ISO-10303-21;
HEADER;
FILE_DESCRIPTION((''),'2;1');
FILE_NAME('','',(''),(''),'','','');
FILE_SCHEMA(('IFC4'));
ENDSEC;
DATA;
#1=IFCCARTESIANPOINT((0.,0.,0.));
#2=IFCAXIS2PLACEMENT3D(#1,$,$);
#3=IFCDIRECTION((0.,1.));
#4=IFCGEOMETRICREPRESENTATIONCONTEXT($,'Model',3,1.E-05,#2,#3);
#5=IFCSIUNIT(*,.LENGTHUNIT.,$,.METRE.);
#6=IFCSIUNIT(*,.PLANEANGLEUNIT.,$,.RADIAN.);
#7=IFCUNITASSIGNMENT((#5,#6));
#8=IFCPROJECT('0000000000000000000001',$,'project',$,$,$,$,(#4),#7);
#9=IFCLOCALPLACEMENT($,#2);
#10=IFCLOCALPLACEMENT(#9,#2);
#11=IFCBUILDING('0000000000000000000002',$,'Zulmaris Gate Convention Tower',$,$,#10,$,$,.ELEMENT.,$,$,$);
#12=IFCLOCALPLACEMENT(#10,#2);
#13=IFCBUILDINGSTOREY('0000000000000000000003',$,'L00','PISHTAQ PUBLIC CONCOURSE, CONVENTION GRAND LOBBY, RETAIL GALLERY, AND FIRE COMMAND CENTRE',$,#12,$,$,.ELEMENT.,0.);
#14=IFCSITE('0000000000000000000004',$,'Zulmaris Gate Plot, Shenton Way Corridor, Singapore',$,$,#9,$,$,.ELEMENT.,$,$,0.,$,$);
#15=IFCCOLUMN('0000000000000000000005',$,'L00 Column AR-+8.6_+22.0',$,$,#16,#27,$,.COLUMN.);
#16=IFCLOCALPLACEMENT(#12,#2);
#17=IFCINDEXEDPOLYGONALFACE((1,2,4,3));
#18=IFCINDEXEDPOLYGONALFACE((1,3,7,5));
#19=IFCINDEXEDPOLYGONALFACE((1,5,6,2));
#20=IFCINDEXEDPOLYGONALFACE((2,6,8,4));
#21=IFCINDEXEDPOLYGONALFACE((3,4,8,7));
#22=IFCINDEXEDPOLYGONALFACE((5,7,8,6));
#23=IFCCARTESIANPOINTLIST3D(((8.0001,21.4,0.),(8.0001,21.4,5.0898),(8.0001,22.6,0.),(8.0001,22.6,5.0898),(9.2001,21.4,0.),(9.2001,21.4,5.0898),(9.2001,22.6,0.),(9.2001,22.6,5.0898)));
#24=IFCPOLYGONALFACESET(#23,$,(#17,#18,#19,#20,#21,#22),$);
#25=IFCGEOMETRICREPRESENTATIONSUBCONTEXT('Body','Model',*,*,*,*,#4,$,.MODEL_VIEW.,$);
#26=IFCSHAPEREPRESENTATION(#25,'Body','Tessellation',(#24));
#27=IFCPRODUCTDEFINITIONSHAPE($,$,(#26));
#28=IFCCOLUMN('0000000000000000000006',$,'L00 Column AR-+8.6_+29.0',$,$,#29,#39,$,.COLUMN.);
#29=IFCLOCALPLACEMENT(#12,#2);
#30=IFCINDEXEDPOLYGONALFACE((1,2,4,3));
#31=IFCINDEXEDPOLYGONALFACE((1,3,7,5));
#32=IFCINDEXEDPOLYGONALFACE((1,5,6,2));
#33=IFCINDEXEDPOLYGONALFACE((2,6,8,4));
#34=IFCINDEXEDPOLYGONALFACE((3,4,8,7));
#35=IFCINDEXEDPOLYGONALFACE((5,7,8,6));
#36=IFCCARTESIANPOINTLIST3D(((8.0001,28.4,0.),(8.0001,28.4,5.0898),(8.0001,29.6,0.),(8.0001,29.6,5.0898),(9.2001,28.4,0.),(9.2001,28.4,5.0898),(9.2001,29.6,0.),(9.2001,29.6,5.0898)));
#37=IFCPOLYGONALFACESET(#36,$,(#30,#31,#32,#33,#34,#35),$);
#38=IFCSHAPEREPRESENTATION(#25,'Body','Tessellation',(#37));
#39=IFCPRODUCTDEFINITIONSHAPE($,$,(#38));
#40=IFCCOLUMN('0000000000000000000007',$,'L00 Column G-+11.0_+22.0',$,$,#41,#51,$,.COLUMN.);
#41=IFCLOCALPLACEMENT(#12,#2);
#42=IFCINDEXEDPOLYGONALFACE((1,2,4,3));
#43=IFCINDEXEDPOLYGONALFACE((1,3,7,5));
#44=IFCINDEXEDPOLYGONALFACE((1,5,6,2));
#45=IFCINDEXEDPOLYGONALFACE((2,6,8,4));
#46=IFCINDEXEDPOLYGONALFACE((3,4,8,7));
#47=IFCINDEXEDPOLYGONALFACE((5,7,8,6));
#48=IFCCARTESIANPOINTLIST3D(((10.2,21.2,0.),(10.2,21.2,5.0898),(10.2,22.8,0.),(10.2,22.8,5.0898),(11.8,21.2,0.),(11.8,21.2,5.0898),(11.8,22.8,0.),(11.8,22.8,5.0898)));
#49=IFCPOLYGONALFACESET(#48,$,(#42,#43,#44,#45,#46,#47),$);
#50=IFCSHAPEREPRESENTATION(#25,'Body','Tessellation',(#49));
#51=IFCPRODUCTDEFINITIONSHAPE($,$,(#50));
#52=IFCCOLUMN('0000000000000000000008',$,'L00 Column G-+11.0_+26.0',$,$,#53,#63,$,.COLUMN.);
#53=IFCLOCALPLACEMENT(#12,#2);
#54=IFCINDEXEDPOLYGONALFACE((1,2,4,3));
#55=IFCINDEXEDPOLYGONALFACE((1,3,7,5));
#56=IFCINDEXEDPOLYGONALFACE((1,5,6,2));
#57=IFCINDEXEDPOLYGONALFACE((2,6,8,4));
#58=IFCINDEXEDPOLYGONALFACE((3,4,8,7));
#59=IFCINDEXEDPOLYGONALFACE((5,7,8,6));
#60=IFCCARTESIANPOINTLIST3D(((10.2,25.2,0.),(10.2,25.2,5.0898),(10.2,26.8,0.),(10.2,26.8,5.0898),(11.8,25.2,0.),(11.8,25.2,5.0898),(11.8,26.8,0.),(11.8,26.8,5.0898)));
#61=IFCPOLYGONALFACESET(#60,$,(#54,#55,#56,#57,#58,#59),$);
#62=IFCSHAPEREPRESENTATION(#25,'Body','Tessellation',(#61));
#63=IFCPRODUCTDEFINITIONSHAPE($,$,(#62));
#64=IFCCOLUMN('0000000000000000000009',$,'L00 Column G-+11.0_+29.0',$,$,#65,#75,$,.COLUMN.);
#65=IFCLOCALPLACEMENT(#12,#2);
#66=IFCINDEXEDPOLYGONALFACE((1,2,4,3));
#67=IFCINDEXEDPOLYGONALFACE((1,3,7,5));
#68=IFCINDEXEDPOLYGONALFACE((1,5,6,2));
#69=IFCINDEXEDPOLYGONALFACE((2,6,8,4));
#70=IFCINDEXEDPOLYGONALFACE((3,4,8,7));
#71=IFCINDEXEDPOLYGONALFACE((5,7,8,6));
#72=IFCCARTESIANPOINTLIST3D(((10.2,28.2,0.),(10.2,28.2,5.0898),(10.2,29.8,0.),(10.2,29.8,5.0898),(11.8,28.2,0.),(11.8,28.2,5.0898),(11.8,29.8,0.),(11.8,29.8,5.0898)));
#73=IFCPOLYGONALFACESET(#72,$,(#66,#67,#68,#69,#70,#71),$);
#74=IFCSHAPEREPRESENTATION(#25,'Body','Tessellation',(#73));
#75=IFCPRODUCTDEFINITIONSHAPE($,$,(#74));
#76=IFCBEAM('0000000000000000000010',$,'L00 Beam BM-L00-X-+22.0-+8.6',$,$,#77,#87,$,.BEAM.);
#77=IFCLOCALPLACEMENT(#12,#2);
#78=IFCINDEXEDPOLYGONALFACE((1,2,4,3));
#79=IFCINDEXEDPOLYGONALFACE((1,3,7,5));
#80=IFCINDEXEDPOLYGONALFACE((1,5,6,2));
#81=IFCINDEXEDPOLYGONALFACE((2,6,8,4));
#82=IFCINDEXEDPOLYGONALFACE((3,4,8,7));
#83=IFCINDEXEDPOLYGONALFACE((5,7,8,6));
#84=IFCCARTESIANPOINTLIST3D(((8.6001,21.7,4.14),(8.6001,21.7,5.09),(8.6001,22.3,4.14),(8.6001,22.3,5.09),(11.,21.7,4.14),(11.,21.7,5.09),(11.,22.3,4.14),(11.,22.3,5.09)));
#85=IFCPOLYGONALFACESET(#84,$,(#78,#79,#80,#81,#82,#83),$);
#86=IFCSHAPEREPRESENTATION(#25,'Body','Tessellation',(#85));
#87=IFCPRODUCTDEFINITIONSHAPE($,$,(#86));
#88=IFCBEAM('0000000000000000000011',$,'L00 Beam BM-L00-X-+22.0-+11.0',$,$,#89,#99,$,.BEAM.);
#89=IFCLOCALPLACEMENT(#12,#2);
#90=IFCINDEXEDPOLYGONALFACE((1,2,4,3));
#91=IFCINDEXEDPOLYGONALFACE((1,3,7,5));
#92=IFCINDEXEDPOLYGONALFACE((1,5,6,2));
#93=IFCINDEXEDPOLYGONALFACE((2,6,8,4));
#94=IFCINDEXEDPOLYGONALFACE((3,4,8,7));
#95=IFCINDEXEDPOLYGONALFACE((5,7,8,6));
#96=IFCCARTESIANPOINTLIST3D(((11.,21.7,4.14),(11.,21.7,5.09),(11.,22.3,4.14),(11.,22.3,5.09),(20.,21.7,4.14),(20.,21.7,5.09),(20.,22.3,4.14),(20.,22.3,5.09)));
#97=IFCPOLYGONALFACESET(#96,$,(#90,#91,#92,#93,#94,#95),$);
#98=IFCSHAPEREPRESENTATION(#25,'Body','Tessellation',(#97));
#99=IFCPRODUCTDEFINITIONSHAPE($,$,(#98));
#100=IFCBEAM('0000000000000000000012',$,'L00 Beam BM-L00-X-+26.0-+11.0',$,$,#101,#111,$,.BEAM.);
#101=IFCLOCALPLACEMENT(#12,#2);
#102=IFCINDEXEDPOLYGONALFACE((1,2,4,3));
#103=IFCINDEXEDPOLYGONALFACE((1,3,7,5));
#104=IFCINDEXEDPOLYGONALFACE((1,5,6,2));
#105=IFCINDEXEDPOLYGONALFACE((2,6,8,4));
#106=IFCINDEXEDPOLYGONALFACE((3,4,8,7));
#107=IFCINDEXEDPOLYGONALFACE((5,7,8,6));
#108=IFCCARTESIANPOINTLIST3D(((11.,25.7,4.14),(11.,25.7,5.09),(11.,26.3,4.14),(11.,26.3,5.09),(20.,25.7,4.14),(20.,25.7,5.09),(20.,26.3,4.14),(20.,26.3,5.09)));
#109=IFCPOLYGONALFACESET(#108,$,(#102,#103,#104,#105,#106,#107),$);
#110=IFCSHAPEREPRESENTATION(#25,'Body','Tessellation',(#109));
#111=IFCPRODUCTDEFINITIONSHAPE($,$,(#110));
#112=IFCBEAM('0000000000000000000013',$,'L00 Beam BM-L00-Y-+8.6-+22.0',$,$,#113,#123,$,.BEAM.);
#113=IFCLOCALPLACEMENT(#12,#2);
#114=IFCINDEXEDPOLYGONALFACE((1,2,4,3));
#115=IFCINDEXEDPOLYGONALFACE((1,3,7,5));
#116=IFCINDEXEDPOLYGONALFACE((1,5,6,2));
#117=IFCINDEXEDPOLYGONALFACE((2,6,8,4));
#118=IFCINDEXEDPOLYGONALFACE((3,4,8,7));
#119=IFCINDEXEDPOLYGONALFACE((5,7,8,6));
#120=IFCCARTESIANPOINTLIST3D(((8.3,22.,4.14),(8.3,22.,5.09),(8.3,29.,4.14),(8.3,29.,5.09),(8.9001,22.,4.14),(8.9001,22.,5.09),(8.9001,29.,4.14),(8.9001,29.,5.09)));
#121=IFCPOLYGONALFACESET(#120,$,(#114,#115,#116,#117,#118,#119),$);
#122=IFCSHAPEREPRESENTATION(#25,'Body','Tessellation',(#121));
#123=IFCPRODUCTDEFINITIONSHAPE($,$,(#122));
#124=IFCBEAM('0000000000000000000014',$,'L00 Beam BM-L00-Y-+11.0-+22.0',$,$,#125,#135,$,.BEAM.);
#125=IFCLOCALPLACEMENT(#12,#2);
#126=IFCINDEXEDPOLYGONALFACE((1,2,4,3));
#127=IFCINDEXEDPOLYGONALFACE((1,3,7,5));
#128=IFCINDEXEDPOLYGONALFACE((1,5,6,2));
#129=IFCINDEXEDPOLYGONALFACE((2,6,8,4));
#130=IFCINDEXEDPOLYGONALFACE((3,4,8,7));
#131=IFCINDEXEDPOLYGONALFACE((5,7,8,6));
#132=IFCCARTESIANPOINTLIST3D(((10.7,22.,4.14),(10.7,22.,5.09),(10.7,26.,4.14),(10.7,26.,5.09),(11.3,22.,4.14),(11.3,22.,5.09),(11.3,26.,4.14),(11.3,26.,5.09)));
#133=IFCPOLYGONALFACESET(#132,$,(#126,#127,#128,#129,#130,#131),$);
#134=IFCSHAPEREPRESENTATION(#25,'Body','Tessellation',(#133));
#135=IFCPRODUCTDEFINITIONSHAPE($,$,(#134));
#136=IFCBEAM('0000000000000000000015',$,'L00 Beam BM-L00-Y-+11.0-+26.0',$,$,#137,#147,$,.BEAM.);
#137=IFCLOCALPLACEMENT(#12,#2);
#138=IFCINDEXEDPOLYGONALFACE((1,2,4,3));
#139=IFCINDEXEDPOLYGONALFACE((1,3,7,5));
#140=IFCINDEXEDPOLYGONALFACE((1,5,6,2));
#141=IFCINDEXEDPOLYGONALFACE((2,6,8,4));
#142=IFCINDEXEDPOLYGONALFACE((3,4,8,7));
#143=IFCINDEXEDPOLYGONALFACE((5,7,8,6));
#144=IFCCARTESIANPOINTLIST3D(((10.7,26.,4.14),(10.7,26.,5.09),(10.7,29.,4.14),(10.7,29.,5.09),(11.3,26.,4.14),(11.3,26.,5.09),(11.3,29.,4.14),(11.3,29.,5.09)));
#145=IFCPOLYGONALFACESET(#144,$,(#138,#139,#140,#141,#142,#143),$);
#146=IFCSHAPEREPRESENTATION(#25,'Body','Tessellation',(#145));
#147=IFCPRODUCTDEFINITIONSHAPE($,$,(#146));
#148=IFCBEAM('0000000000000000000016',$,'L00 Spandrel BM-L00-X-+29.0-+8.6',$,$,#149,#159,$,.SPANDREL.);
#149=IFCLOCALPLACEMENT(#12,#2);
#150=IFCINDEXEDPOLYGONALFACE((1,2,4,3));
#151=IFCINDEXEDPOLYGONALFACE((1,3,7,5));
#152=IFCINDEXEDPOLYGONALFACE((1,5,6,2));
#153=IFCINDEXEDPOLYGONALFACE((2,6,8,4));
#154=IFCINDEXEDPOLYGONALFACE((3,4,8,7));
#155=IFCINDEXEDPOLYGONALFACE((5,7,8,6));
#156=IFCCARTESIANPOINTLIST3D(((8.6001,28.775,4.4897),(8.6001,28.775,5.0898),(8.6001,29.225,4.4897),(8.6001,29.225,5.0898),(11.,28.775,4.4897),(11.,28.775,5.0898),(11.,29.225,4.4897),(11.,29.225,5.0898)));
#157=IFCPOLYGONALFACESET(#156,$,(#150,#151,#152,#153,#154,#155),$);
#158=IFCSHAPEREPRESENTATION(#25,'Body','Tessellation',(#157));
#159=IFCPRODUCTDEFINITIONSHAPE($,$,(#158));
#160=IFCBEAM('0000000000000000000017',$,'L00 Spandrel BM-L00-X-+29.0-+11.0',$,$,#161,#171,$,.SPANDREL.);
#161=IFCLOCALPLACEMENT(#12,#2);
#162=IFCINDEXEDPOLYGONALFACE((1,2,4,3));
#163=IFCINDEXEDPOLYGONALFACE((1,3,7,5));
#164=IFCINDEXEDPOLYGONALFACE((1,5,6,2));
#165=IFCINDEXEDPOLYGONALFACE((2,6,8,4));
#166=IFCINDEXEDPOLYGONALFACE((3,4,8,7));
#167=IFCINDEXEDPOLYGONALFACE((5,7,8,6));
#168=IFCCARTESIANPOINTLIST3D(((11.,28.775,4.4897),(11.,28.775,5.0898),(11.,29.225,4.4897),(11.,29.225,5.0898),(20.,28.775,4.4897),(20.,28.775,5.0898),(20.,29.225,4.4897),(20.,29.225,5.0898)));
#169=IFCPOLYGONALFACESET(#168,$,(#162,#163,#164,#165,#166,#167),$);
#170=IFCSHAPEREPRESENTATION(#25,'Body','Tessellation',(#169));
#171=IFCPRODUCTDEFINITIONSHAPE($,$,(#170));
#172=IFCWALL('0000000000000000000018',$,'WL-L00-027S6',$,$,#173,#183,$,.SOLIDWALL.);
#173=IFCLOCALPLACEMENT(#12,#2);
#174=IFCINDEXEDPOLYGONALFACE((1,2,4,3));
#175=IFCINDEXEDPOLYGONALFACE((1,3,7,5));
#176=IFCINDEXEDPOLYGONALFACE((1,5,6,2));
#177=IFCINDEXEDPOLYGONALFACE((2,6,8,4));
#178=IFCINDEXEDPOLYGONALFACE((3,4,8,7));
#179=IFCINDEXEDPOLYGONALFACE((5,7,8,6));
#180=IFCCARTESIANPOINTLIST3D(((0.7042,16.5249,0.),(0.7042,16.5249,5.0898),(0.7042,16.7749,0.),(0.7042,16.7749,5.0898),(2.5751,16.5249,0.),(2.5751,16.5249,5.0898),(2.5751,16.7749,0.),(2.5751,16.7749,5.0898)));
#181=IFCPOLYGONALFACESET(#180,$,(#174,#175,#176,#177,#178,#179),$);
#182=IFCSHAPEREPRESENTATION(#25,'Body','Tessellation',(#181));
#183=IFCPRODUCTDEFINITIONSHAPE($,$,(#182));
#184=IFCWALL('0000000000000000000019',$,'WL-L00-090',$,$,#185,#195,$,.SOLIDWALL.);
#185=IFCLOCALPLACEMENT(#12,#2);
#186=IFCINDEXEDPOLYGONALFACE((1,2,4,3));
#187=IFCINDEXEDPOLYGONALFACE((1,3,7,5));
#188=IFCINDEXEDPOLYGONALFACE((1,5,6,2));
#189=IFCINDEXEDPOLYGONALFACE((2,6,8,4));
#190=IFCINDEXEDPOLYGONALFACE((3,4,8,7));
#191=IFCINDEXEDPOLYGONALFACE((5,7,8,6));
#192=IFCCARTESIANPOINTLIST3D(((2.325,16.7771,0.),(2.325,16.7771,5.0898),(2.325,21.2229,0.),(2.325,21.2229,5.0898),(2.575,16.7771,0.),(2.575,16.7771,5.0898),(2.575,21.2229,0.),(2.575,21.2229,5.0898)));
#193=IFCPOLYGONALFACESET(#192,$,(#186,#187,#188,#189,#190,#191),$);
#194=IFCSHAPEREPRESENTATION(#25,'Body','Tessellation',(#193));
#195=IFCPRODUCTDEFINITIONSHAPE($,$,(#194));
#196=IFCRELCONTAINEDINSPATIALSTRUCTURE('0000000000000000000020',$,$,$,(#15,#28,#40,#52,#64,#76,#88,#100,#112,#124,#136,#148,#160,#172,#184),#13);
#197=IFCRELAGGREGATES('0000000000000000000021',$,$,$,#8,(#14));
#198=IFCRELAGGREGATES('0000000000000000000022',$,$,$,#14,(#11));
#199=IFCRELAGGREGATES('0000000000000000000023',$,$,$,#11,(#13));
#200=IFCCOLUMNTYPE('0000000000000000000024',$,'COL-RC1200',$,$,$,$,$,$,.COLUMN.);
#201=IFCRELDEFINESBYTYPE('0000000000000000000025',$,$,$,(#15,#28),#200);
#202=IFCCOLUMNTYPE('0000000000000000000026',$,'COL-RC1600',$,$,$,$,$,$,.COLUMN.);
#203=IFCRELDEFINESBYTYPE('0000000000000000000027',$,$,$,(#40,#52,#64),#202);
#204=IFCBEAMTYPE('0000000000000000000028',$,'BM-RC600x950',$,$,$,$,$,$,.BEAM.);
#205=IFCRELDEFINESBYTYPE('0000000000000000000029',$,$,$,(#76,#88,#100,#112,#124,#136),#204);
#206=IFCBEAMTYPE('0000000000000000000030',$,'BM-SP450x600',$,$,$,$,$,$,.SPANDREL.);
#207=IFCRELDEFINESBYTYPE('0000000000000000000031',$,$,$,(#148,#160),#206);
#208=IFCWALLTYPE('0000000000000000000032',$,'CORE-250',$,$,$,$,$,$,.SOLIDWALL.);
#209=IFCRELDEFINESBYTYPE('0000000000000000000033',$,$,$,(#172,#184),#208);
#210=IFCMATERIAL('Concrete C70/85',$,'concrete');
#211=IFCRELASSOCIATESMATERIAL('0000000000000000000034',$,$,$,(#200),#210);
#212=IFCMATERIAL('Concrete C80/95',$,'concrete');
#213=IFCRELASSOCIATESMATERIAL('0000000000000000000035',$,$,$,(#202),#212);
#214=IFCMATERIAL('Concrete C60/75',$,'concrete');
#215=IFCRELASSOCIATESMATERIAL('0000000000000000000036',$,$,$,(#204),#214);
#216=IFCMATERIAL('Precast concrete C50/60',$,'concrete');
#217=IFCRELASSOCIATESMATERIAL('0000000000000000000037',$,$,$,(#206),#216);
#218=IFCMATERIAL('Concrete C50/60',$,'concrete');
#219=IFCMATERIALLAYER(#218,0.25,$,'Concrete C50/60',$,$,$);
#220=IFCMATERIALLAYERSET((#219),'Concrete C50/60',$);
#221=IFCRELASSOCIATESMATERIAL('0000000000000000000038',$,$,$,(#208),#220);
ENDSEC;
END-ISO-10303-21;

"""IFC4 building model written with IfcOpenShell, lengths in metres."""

from ifc_helpers import new_model, si_unit, direction, frame, frame_2d, origin, origin_2d, place, context, subcontext, project, spatial, rectangle, extrude, material, layer, layer_set, material_profile, profile_set, type_object, element, save


model = new_model("IFC4")

# Units and contexts
model_context = context("Model", 3, precision=1e-05, world=origin(), true_north=direction((0.0, 1.0)))
body_context = subcontext(model_context, "Body", "Model", "MODEL_VIEW")
ifc_project = project(units=[si_unit("LENGTHUNIT", "METRE"), si_unit("PLANEANGLEUNIT", "RADIAN")], contexts=[model_context])

# Site, building, storey
site_placement = place(None, origin())
site = spatial("IfcSite", under=ifc_project, at=site_placement, Name="Zulmaris Gate Plot, Shenton Way Corridor, Singapore", CompositionType="ELEMENT", RefElevation=0.0)
building_placement = place(site_placement, origin())
building = spatial("IfcBuilding", under=site, at=building_placement, Name="Zulmaris Gate Convention Tower", CompositionType="ELEMENT")
storey_placement = place(building_placement, origin())
storey = spatial("IfcBuildingStorey", under=building, at=storey_placement, Name="L00", Description="PISHTAQ PUBLIC CONCOURSE, CONVENTION GRAND LOBBY, RETAIL GALLERY, AND FIRE COMMAND CENTRE", CompositionType="ELEMENT", Elevation=0.0)

# Columns
ifc_material_1 = material(Name="Concrete C70/85", Category="concrete")
ifc_material_profile_1 = material_profile(ifc_material_1, rectangle(XDim=1.2, YDim=1.2, at=origin_2d()), Name="RC COL 1200x1200")
ifc_profile_set_1 = profile_set([ifc_material_profile_1], Name="Concrete C70/85")
column_type_1 = type_object("IfcColumnType", Name="COL-RC1200", PredefinedType="COLUMN", material=ifc_profile_set_1)
for number, where, z_axis, x_axis, name in (
    (1, (8.6001, 22.0, 0.0), (0.0, 0.0, 1.0), (1.0, 0.0, 0.0), "L00 Column AR-+8.6_+22.0"),
    (2, (8.6001, 29.0, 0.0), (0.0, 0.0, 1.0), (1.0, 0.0, 0.0), "L00 Column AR-+8.6_+29.0"),
):
    element("IfcColumn", number, at=place(storey_placement, frame(where, z_axis=z_axis, x_axis=x_axis)), inside=storey, type_object=column_type_1, Name=name, PredefinedType="COLUMN", context=body_context, shape_type="SweptSolid", body=[
        extrude(rectangle(XDim=1.2, YDim=1.2, at=origin_2d()), origin(), (0.0, 0.0, 1.0), 5.0898),
    ])
ifc_material_2 = material(Name="Concrete C80/95", Category="concrete")
ifc_material_profile_2 = material_profile(ifc_material_2, rectangle(XDim=1.6001, YDim=1.6001, at=origin_2d()), Name="RC COL 1600x1600")
ifc_profile_set_2 = profile_set([ifc_material_profile_2], Name="Concrete C80/95")
column_type_2 = type_object("IfcColumnType", Name="COL-RC1600", PredefinedType="COLUMN", material=ifc_profile_set_2)
for number, where, z_axis, x_axis, name in (
    (3, (11.0, 22.0, 0.0), (0.0, 0.0, 1.0), (1.0, 0.0, 0.0), "L00 Column G-+11.0_+22.0"),
    (4, (11.0, 26.0, 0.0), (0.0, 0.0, 1.0), (1.0, 0.0, 0.0), "L00 Column G-+11.0_+26.0"),
    (5, (11.0, 29.0, 0.0), (0.0, 0.0, 1.0), (1.0, 0.0, 0.0), "L00 Column G-+11.0_+29.0"),
):
    element("IfcColumn", number, at=place(storey_placement, frame(where, z_axis=z_axis, x_axis=x_axis)), inside=storey, type_object=column_type_2, Name=name, PredefinedType="COLUMN", context=body_context, shape_type="SweptSolid", body=[
        extrude(rectangle(XDim=1.6001, YDim=1.6001, at=origin_2d()), origin(), (0.0, 0.0, 1.0), 5.0898),
    ])

# Beams
ifc_material_3 = material(Name="Concrete C60/75", Category="concrete")
ifc_material_profile_3 = material_profile(ifc_material_3, rectangle(XDim=0.6001, YDim=0.95, at=origin_2d()), Name="RC BEAM 600x950")
ifc_profile_set_3 = profile_set([ifc_material_profile_3], Name="Concrete C60/75")
beam_type_1 = type_object("IfcBeamType", Name="BM-RC600x950", PredefinedType="BEAM", material=ifc_profile_set_3)
beam_1_placement = place(storey_placement, frame((8.6001, 22.0, 4.615), z_axis=(1.0, 0.0, 0.0), x_axis=(0.0, 1.0, 0.0)))
element("IfcBeam", 6, at=beam_1_placement, inside=storey, type_object=beam_type_1, Name="L00 Beam BM-L00-X-+22.0-+8.6", PredefinedType="BEAM", context=body_context, shape_type="SweptSolid", body=[
    extrude(rectangle(XDim=0.6001, YDim=0.95, at=origin_2d()), origin(), (0.0, 0.0, 1.0), 2.3999),
])
for number, where, z_axis, x_axis, name in (
    (7, (11.0, 22.0, 4.615), (1.0, 0.0, 0.0), (0.0, 1.0, 0.0), "L00 Beam BM-L00-X-+22.0-+11.0"),
    (8, (11.0, 26.0, 4.615), (1.0, 0.0, 0.0), (0.0, 1.0, 0.0), "L00 Beam BM-L00-X-+26.0-+11.0"),
):
    element("IfcBeam", number, at=place(storey_placement, frame(where, z_axis=z_axis, x_axis=x_axis)), inside=storey, type_object=beam_type_1, Name=name, PredefinedType="BEAM", context=body_context, shape_type="SweptSolid", body=[
        extrude(rectangle(XDim=0.6001, YDim=0.95, at=origin_2d()), origin(), (0.0, 0.0, 1.0), 9.0),
    ])
beam_2_placement = place(storey_placement, frame((8.6001, 22.0, 4.615), z_axis=(0.0, 1.0, 0.0), x_axis=(-1.0, 0.0, 0.0)))
element("IfcBeam", 9, at=beam_2_placement, inside=storey, type_object=beam_type_1, Name="L00 Beam BM-L00-Y-+8.6-+22.0", PredefinedType="BEAM", context=body_context, shape_type="SweptSolid", body=[
    extrude(rectangle(XDim=0.6001, YDim=0.95, at=origin_2d()), origin(), (0.0, 0.0, 1.0), 7.0),
])
beam_3_placement = place(storey_placement, frame((11.0, 22.0, 4.615), z_axis=(0.0, 1.0, 0.0), x_axis=(-1.0, 0.0, 0.0)))
element("IfcBeam", 10, at=beam_3_placement, inside=storey, type_object=beam_type_1, Name="L00 Beam BM-L00-Y-+11.0-+22.0", PredefinedType="BEAM", context=body_context, shape_type="SweptSolid", body=[
    extrude(rectangle(XDim=0.6001, YDim=0.95, at=origin_2d()), origin(), (0.0, 0.0, 1.0), 4.0),
])
beam_4_placement = place(storey_placement, frame((11.0, 26.0, 4.615), z_axis=(0.0, 1.0, 0.0), x_axis=(-1.0, 0.0, 0.0)))
element("IfcBeam", 11, at=beam_4_placement, inside=storey, type_object=beam_type_1, Name="L00 Beam BM-L00-Y-+11.0-+26.0", PredefinedType="BEAM", context=body_context, shape_type="SweptSolid", body=[
    extrude(rectangle(XDim=0.6001, YDim=0.95, at=origin_2d()), origin(), (0.0, 0.0, 1.0), 3.0),
])
ifc_material_4 = material(Name="Precast concrete C50/60", Category="concrete")
ifc_material_profile_4 = material_profile(ifc_material_4, rectangle(XDim=0.45, YDim=0.6001, at=origin_2d()), Name="RC SPANDREL 450x600")
ifc_profile_set_4 = profile_set([ifc_material_profile_4], Name="Precast concrete C50/60")
beam_type_2 = type_object("IfcBeamType", Name="BM-SP450x600", PredefinedType="SPANDREL", material=ifc_profile_set_4)
beam_5_placement = place(storey_placement, frame((8.6001, 29.0, 4.7898), z_axis=(1.0, 0.0, 0.0), x_axis=(0.0, 1.0, 0.0)))
element("IfcBeam", 12, at=beam_5_placement, inside=storey, type_object=beam_type_2, Name="L00 Spandrel BM-L00-X-+29.0-+8.6", PredefinedType="SPANDREL", context=body_context, shape_type="SweptSolid", body=[
    extrude(rectangle(XDim=0.45, YDim=0.6001, at=origin_2d()), origin(), (0.0, 0.0, 1.0), 2.3999),
])
beam_6_placement = place(storey_placement, frame((11.0, 29.0, 4.7898), z_axis=(1.0, 0.0, 0.0), x_axis=(0.0, 1.0, 0.0)))
element("IfcBeam", 13, at=beam_6_placement, inside=storey, type_object=beam_type_2, Name="L00 Spandrel BM-L00-X-+29.0-+11.0", PredefinedType="SPANDREL", context=body_context, shape_type="SweptSolid", body=[
    extrude(rectangle(XDim=0.45, YDim=0.6001, at=origin_2d()), origin(), (0.0, 0.0, 1.0), 9.0),
])

# Walls
ifc_material_5 = material(Name="Concrete C50/60", Category="concrete")
ifc_layer_1 = layer(ifc_material_5, 0.25, Name="Concrete C50/60")
ifc_layer_set_1 = layer_set([ifc_layer_1], Name="Concrete C50/60")
wall_type_1 = type_object("IfcWallType", Name="CORE-250", PredefinedType="SOLIDWALL", material=ifc_layer_set_1)
wall_1_placement = place(storey_placement, frame((0.7041, 16.6499, 0.0), z_axis=(0.0, 0.0, 1.0), x_axis=(1.0, 0.0, 0.0)))
element("IfcWall", 14, at=wall_1_placement, inside=storey, type_object=wall_type_1, Name="WL-L00-027S6", PredefinedType="SOLIDWALL", context=body_context, shape_type="SweptSolid", body=[
    extrude(rectangle(XDim=1.8708, YDim=0.25, at=frame_2d((0.9355, 0.0))), origin(), (0.0, 0.0, 1.0), 5.0898),
])
wall_2_placement = place(storey_placement, frame((2.45, 16.7771, 0.0), z_axis=(0.0, 0.0, 1.0), x_axis=(0.0, 1.0, 0.0)))
element("IfcWall", 15, at=wall_2_placement, inside=storey, type_object=wall_type_1, Name="WL-L00-090", PredefinedType="SOLIDWALL", context=body_context, shape_type="SweptSolid", body=[
    extrude(rectangle(XDim=4.4458, YDim=0.25, at=frame_2d((2.2229, 0.0))), origin(), (0.0, 0.0, 1.0), 5.0898),
])

save(model, "model.ifc")
